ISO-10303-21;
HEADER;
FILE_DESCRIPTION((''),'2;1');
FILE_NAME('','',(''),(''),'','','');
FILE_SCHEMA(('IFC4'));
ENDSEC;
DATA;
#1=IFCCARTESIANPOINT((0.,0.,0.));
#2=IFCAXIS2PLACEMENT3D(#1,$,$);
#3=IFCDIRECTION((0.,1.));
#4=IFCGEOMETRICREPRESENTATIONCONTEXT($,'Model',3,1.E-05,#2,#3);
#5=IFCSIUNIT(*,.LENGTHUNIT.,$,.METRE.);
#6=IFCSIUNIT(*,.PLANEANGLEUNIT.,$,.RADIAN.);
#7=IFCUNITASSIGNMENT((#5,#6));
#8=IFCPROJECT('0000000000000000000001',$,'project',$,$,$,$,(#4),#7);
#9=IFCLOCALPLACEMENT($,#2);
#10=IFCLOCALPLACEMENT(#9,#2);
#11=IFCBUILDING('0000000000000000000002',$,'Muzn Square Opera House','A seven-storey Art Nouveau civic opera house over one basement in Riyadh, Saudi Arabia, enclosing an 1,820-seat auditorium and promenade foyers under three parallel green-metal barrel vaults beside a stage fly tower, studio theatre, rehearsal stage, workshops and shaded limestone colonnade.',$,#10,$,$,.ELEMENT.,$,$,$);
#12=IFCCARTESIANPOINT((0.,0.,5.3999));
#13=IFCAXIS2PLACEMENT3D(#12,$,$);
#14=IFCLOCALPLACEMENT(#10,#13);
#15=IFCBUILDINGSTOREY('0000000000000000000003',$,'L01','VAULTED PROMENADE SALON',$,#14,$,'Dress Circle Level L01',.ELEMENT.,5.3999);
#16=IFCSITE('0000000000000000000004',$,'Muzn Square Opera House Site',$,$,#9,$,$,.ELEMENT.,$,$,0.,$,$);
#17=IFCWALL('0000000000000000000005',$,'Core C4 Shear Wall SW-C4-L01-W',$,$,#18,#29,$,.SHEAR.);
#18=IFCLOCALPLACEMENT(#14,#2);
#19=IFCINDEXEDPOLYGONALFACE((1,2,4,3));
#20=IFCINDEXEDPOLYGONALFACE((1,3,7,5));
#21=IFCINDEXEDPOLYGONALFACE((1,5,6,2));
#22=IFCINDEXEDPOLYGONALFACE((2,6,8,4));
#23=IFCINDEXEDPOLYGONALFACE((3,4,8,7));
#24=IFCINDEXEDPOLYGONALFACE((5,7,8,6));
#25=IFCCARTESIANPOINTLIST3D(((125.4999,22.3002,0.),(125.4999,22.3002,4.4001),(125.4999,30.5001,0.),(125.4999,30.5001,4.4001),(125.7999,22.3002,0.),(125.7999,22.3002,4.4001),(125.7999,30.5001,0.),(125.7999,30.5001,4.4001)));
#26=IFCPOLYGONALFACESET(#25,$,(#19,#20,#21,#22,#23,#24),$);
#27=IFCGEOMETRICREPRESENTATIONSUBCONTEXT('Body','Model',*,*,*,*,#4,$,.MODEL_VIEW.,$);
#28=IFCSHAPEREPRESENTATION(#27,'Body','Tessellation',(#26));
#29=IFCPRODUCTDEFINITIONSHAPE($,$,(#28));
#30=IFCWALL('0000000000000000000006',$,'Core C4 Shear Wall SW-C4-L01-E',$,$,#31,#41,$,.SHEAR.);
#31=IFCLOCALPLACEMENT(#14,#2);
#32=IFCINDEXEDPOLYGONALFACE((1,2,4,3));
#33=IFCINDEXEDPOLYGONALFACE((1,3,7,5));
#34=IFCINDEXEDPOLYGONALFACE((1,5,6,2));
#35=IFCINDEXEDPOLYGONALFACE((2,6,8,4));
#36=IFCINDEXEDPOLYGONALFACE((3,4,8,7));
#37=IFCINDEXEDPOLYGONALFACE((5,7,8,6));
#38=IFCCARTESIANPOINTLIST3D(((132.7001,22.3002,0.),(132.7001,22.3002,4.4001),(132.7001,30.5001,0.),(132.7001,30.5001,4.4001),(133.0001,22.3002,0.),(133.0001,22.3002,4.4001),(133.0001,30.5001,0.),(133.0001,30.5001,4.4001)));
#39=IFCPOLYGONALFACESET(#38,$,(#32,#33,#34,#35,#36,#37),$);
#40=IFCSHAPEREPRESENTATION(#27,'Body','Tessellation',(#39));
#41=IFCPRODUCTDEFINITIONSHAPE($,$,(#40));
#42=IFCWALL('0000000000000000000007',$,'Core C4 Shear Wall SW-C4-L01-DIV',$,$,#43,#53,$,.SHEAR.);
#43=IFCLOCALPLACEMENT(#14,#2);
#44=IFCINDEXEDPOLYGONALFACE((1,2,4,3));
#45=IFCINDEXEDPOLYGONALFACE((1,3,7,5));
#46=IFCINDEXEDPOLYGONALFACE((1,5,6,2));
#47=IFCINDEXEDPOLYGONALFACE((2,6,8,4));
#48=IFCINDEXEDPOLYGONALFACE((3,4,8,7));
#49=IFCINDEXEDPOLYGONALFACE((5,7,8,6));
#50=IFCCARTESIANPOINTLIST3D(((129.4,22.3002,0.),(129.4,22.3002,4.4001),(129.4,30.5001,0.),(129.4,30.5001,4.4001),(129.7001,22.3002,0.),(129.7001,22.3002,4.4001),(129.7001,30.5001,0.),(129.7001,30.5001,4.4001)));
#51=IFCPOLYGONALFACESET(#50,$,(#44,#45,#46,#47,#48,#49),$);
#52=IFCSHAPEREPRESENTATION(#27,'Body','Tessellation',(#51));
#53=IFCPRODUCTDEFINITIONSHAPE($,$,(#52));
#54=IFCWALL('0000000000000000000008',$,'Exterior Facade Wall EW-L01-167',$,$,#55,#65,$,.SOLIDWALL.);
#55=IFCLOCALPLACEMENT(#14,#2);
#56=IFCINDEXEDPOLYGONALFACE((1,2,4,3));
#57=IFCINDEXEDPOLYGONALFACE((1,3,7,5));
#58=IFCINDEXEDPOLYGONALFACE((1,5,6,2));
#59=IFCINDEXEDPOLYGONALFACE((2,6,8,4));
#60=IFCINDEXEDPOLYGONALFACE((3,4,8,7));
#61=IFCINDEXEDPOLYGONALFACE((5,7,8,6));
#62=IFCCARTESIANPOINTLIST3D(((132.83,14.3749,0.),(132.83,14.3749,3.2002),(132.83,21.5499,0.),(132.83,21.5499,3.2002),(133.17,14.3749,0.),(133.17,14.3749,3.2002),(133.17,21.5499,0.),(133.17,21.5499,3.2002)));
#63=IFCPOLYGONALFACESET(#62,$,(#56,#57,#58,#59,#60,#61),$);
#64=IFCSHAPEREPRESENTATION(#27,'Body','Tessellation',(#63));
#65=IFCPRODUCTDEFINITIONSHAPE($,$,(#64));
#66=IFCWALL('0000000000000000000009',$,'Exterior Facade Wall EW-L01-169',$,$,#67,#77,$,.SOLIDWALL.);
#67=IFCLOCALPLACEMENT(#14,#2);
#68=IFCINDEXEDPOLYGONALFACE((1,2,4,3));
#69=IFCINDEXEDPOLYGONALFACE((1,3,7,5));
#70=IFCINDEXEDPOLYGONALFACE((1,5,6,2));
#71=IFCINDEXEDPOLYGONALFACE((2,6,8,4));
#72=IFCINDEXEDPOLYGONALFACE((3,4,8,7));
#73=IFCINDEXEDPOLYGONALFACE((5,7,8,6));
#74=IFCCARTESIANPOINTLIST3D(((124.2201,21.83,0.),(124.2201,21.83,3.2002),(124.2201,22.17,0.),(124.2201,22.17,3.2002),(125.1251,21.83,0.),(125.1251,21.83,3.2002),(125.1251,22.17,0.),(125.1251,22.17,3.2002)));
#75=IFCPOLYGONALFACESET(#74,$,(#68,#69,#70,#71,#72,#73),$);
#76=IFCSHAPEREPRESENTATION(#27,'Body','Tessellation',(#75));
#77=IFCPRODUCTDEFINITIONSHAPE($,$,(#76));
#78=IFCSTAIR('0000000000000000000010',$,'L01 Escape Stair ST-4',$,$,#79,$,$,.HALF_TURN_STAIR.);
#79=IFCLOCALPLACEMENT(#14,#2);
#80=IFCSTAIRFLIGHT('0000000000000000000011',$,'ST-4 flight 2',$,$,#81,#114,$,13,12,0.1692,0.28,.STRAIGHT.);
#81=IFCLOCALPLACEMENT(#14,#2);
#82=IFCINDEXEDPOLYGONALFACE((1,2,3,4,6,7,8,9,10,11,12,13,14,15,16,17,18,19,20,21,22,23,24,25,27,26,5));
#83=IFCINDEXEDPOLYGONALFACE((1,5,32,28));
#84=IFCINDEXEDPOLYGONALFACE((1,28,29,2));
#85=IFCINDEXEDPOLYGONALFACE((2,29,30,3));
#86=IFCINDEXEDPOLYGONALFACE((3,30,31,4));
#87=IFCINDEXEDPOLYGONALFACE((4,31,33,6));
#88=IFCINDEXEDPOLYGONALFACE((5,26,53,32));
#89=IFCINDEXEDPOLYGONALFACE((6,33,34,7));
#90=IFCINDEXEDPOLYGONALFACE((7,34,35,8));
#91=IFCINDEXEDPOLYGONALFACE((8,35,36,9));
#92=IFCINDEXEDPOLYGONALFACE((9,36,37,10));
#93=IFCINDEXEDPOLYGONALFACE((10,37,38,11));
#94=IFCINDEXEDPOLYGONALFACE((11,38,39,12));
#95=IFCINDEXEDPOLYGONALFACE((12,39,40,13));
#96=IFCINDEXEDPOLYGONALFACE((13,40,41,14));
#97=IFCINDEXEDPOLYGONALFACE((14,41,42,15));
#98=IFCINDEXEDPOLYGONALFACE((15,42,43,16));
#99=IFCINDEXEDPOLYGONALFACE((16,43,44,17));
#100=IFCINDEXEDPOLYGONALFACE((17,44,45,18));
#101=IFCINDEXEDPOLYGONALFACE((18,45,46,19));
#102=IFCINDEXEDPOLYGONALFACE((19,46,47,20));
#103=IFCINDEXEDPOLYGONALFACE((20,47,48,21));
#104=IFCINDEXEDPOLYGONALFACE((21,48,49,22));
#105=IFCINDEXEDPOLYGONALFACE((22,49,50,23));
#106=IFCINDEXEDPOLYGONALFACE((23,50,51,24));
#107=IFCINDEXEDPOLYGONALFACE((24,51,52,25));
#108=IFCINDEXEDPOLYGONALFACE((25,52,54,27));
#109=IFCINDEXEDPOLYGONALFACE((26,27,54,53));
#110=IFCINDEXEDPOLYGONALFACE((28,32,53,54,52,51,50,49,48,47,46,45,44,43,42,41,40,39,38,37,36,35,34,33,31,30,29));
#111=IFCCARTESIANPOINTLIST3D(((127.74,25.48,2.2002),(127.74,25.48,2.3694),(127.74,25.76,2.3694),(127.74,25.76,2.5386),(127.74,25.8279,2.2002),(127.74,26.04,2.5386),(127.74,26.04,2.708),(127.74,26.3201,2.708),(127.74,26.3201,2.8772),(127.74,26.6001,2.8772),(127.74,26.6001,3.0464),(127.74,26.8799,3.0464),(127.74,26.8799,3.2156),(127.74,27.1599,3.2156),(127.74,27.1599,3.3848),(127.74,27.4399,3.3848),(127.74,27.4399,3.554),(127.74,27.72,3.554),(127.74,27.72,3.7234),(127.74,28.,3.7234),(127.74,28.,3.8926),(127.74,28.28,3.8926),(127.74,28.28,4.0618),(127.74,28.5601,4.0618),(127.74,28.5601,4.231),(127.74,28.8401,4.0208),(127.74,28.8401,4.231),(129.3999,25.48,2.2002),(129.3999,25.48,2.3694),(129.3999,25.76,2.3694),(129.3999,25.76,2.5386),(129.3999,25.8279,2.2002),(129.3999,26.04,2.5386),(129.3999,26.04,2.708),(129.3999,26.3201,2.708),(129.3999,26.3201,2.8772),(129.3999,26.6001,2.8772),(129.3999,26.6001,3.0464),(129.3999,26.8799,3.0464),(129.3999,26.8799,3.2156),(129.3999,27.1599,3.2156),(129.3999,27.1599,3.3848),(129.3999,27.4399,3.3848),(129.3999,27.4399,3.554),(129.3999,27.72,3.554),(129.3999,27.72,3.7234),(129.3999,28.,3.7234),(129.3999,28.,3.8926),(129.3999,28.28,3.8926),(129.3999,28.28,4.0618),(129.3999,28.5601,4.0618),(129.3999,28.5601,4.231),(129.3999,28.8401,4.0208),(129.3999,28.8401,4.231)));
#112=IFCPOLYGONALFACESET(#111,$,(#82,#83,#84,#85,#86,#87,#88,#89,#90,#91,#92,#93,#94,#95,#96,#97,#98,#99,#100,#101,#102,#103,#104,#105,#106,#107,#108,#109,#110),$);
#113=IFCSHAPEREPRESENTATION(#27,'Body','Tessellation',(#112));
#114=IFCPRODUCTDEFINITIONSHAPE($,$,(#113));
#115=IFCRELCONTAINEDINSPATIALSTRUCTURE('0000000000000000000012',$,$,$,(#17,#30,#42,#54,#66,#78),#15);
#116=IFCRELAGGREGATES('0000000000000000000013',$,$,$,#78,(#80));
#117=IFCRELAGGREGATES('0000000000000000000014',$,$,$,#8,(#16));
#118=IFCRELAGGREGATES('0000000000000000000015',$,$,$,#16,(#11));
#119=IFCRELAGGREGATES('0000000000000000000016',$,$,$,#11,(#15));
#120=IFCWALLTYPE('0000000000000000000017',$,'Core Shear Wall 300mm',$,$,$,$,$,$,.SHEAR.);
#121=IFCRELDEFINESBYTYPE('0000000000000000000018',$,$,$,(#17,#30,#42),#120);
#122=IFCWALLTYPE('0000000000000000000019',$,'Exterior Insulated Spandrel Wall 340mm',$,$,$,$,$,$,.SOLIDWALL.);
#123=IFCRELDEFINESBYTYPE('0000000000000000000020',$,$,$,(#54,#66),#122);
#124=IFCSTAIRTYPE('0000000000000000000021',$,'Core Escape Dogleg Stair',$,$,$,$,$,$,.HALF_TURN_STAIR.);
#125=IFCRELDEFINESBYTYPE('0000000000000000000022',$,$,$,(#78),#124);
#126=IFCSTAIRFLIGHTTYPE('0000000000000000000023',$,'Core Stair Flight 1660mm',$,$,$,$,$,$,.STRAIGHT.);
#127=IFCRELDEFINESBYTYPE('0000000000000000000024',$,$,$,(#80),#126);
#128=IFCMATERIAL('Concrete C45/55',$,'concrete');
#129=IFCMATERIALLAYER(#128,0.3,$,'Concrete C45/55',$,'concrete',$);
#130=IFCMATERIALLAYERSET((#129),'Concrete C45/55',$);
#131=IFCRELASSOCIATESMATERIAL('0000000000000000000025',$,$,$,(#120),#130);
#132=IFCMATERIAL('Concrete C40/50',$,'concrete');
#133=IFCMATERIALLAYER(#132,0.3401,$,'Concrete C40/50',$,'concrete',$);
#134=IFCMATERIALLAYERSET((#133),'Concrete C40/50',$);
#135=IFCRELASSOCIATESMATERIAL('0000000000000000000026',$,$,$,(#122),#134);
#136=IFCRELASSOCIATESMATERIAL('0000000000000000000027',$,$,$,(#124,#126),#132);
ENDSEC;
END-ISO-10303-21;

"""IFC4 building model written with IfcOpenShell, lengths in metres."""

from ifc_helpers import new_model, si_unit, direction, frame, frame_2d, origin, place, context, subcontext, project, spatial, polyline, rectangle, outline, extrude, material, layer, layer_set, type_object, element, aggregate, save


model = new_model("IFC4")

# Units and contexts
model_context = context("Model", 3, precision=1e-05, world=origin(), true_north=direction((0.0, 1.0)))
body_context = subcontext(model_context, "Body", "Model", "MODEL_VIEW")
ifc_project = project(units=[si_unit("LENGTHUNIT", "METRE"), si_unit("PLANEANGLEUNIT", "RADIAN")], contexts=[model_context])

# Site, building, storey
site_placement = place(None, origin())
site = spatial("IfcSite", under=ifc_project, at=site_placement, Name="Muzn Square Opera House Site", CompositionType="ELEMENT", RefElevation=0.0)
building_placement = place(site_placement, origin())
building = spatial("IfcBuilding", under=site, at=building_placement, Name="Muzn Square Opera House", Description="A seven-storey Art Nouveau civic opera house over one basement in Riyadh, Saudi Arabia, enclosing an 1,820-seat auditorium and promenade foyers under three parallel green-metal barrel vaults beside a stage fly tower, studio theatre, rehearsal stage, workshops and shaded limestone colonnade.", CompositionType="ELEMENT")
storey_placement = place(building_placement, frame((0.0, 0.0, 5.3999)))
storey = spatial("IfcBuildingStorey", under=building, at=storey_placement, Name="L01", Description="VAULTED PROMENADE SALON", LongName="Dress Circle Level L01", CompositionType="ELEMENT", Elevation=5.3999)

# Shared definitions
ifc_material_1 = material(Name="Concrete C45/55", Category="concrete")

# Shared definitions
ifc_material_2 = material(Name="Concrete C40/50", Category="concrete")

# Walls
ifc_layer_1 = layer(ifc_material_1, 0.3, Name="Concrete C45/55", Category="concrete")
ifc_layer_set_1 = layer_set([ifc_layer_1], Name="Concrete C45/55")
wall_type_1 = type_object("IfcWallType", Name="Core Shear Wall 300mm", PredefinedType="SHEAR", material=ifc_layer_set_1)
for number, where, z_axis, x_axis, name in (
    (1, (125.6499, 22.3, 0.0), (0.0, 0.0, 1.0), (0.0, 1.0, 0.0), "Core C4 Shear Wall SW-C4-L01-W"),
    (2, (132.8501, 22.3, 0.0), (0.0, 0.0, 1.0), (0.0, 1.0, 0.0), "Core C4 Shear Wall SW-C4-L01-E"),
    (3, (129.55, 22.3, 0.0), (0.0, 0.0, 1.0), (0.0, 1.0, 0.0), "Core C4 Shear Wall SW-C4-L01-DIV"),
):
    element("IfcWall", number, at=place(storey_placement, frame(where, z_axis=z_axis, x_axis=x_axis)), inside=storey, type_object=wall_type_1, Name=name, PredefinedType="SHEAR", context=body_context, shape_type="SweptSolid", body=[
        extrude(rectangle(XDim=8.2, YDim=0.3, at=frame_2d((4.1001, 0.0))), origin(), (0.0, 0.0, 1.0), 4.4001),
    ])
ifc_layer_2 = layer(ifc_material_2, 0.3401, Name="Concrete C40/50", Category="concrete")
ifc_layer_set_2 = layer_set([ifc_layer_2], Name="Concrete C40/50")
wall_type_2 = type_object("IfcWallType", Name="Exterior Insulated Spandrel Wall 340mm", PredefinedType="SOLIDWALL", material=ifc_layer_set_2)
wall_1_placement = place(storey_placement, frame((133.0, 14.375, 0.0), z_axis=(0.0, 0.0, 1.0), x_axis=(0.0, 1.0, 0.0)))
element("IfcWall", 4, at=wall_1_placement, inside=storey, type_object=wall_type_2, Name="Exterior Facade Wall EW-L01-167", PredefinedType="SOLIDWALL", context=body_context, shape_type="SweptSolid", body=[
    extrude(rectangle(XDim=7.175, YDim=0.3401, at=frame_2d((3.5874, 0.0))), origin(), (0.0, 0.0, 1.0), 3.2002),
])
wall_2_placement = place(storey_placement, frame((124.22, 22.0, 0.0), z_axis=(0.0, 0.0, 1.0), x_axis=(1.0, 0.0, 0.0)))
element("IfcWall", 5, at=wall_2_placement, inside=storey, type_object=wall_type_2, Name="Exterior Facade Wall EW-L01-169", PredefinedType="SOLIDWALL", context=body_context, shape_type="SweptSolid", body=[
    extrude(rectangle(XDim=0.905, YDim=0.3401, at=frame_2d((0.4526, 0.0))), origin(), (0.0, 0.0, 1.0), 3.2002),
])

# Stair, stair flight
stair_type = type_object("IfcStairType", Name="Core Escape Dogleg Stair", PredefinedType="HALF_TURN_STAIR", material=ifc_material_2)
stair_placement = place(storey_placement, origin())
stair = element("IfcStair", 6, at=stair_placement, inside=storey, type_object=stair_type, Name="L01 Escape Stair ST-4", PredefinedType="HALF_TURN_STAIR")
stair_flight_type = type_object("IfcStairFlightType", Name="Core Stair Flight 1660mm", PredefinedType="STRAIGHT", material=ifc_material_2)
stair_flight_placement = place(storey_placement, frame((128.5701, 25.48, 2.2002), z_axis=(0.0, 0.0, 1.0), x_axis=(0.0, 1.0, 0.0)))
stair_flight = element("IfcStairFlight", 7, at=stair_flight_placement, type_object=stair_flight_type, Name="ST-4 flight 2", NumberOfRisers=13, NumberOfTreads=12, PredefinedType="STRAIGHT", RiserHeight=0.1692, TreadLength=0.28, context=body_context, shape_type="SweptSolid", body=[
    extrude(outline(polyline([(0.0, 0.0), (0.0, 0.1692), (0.28, 0.1692), (0.28, 0.3384), (0.5601, 0.3384), (0.5601, 0.5078), (0.8401, 0.5078), (0.8401, 0.677), (1.1201, 0.677), (1.1201, 0.8462), (1.3999, 0.8462), (1.3999, 1.0154), (1.6799, 1.0154), (1.6799, 1.1846), (1.96, 1.1846), (1.96, 1.3538), (2.24, 1.3538), (2.24, 1.5232), (2.52, 1.5232), (2.52, 1.6924), (2.8, 1.6924), (2.8, 1.8616), (3.0801, 1.8616), (3.0801, 2.0308), (3.3601, 2.0308), (3.3601, 2.2), (3.3601, 1.8206), (0.3479, 0.0), (0.0, 0.0)])), frame((0.0, 0.8301, 0.0), z_axis=(0.0, -1.0, 0.0), x_axis=(1.0, 0.0, 0.0)), (0.0, 0.0, 1.0), 1.6599),
])
aggregate(stair, [stair_flight])

save(model, "model.ifc")
